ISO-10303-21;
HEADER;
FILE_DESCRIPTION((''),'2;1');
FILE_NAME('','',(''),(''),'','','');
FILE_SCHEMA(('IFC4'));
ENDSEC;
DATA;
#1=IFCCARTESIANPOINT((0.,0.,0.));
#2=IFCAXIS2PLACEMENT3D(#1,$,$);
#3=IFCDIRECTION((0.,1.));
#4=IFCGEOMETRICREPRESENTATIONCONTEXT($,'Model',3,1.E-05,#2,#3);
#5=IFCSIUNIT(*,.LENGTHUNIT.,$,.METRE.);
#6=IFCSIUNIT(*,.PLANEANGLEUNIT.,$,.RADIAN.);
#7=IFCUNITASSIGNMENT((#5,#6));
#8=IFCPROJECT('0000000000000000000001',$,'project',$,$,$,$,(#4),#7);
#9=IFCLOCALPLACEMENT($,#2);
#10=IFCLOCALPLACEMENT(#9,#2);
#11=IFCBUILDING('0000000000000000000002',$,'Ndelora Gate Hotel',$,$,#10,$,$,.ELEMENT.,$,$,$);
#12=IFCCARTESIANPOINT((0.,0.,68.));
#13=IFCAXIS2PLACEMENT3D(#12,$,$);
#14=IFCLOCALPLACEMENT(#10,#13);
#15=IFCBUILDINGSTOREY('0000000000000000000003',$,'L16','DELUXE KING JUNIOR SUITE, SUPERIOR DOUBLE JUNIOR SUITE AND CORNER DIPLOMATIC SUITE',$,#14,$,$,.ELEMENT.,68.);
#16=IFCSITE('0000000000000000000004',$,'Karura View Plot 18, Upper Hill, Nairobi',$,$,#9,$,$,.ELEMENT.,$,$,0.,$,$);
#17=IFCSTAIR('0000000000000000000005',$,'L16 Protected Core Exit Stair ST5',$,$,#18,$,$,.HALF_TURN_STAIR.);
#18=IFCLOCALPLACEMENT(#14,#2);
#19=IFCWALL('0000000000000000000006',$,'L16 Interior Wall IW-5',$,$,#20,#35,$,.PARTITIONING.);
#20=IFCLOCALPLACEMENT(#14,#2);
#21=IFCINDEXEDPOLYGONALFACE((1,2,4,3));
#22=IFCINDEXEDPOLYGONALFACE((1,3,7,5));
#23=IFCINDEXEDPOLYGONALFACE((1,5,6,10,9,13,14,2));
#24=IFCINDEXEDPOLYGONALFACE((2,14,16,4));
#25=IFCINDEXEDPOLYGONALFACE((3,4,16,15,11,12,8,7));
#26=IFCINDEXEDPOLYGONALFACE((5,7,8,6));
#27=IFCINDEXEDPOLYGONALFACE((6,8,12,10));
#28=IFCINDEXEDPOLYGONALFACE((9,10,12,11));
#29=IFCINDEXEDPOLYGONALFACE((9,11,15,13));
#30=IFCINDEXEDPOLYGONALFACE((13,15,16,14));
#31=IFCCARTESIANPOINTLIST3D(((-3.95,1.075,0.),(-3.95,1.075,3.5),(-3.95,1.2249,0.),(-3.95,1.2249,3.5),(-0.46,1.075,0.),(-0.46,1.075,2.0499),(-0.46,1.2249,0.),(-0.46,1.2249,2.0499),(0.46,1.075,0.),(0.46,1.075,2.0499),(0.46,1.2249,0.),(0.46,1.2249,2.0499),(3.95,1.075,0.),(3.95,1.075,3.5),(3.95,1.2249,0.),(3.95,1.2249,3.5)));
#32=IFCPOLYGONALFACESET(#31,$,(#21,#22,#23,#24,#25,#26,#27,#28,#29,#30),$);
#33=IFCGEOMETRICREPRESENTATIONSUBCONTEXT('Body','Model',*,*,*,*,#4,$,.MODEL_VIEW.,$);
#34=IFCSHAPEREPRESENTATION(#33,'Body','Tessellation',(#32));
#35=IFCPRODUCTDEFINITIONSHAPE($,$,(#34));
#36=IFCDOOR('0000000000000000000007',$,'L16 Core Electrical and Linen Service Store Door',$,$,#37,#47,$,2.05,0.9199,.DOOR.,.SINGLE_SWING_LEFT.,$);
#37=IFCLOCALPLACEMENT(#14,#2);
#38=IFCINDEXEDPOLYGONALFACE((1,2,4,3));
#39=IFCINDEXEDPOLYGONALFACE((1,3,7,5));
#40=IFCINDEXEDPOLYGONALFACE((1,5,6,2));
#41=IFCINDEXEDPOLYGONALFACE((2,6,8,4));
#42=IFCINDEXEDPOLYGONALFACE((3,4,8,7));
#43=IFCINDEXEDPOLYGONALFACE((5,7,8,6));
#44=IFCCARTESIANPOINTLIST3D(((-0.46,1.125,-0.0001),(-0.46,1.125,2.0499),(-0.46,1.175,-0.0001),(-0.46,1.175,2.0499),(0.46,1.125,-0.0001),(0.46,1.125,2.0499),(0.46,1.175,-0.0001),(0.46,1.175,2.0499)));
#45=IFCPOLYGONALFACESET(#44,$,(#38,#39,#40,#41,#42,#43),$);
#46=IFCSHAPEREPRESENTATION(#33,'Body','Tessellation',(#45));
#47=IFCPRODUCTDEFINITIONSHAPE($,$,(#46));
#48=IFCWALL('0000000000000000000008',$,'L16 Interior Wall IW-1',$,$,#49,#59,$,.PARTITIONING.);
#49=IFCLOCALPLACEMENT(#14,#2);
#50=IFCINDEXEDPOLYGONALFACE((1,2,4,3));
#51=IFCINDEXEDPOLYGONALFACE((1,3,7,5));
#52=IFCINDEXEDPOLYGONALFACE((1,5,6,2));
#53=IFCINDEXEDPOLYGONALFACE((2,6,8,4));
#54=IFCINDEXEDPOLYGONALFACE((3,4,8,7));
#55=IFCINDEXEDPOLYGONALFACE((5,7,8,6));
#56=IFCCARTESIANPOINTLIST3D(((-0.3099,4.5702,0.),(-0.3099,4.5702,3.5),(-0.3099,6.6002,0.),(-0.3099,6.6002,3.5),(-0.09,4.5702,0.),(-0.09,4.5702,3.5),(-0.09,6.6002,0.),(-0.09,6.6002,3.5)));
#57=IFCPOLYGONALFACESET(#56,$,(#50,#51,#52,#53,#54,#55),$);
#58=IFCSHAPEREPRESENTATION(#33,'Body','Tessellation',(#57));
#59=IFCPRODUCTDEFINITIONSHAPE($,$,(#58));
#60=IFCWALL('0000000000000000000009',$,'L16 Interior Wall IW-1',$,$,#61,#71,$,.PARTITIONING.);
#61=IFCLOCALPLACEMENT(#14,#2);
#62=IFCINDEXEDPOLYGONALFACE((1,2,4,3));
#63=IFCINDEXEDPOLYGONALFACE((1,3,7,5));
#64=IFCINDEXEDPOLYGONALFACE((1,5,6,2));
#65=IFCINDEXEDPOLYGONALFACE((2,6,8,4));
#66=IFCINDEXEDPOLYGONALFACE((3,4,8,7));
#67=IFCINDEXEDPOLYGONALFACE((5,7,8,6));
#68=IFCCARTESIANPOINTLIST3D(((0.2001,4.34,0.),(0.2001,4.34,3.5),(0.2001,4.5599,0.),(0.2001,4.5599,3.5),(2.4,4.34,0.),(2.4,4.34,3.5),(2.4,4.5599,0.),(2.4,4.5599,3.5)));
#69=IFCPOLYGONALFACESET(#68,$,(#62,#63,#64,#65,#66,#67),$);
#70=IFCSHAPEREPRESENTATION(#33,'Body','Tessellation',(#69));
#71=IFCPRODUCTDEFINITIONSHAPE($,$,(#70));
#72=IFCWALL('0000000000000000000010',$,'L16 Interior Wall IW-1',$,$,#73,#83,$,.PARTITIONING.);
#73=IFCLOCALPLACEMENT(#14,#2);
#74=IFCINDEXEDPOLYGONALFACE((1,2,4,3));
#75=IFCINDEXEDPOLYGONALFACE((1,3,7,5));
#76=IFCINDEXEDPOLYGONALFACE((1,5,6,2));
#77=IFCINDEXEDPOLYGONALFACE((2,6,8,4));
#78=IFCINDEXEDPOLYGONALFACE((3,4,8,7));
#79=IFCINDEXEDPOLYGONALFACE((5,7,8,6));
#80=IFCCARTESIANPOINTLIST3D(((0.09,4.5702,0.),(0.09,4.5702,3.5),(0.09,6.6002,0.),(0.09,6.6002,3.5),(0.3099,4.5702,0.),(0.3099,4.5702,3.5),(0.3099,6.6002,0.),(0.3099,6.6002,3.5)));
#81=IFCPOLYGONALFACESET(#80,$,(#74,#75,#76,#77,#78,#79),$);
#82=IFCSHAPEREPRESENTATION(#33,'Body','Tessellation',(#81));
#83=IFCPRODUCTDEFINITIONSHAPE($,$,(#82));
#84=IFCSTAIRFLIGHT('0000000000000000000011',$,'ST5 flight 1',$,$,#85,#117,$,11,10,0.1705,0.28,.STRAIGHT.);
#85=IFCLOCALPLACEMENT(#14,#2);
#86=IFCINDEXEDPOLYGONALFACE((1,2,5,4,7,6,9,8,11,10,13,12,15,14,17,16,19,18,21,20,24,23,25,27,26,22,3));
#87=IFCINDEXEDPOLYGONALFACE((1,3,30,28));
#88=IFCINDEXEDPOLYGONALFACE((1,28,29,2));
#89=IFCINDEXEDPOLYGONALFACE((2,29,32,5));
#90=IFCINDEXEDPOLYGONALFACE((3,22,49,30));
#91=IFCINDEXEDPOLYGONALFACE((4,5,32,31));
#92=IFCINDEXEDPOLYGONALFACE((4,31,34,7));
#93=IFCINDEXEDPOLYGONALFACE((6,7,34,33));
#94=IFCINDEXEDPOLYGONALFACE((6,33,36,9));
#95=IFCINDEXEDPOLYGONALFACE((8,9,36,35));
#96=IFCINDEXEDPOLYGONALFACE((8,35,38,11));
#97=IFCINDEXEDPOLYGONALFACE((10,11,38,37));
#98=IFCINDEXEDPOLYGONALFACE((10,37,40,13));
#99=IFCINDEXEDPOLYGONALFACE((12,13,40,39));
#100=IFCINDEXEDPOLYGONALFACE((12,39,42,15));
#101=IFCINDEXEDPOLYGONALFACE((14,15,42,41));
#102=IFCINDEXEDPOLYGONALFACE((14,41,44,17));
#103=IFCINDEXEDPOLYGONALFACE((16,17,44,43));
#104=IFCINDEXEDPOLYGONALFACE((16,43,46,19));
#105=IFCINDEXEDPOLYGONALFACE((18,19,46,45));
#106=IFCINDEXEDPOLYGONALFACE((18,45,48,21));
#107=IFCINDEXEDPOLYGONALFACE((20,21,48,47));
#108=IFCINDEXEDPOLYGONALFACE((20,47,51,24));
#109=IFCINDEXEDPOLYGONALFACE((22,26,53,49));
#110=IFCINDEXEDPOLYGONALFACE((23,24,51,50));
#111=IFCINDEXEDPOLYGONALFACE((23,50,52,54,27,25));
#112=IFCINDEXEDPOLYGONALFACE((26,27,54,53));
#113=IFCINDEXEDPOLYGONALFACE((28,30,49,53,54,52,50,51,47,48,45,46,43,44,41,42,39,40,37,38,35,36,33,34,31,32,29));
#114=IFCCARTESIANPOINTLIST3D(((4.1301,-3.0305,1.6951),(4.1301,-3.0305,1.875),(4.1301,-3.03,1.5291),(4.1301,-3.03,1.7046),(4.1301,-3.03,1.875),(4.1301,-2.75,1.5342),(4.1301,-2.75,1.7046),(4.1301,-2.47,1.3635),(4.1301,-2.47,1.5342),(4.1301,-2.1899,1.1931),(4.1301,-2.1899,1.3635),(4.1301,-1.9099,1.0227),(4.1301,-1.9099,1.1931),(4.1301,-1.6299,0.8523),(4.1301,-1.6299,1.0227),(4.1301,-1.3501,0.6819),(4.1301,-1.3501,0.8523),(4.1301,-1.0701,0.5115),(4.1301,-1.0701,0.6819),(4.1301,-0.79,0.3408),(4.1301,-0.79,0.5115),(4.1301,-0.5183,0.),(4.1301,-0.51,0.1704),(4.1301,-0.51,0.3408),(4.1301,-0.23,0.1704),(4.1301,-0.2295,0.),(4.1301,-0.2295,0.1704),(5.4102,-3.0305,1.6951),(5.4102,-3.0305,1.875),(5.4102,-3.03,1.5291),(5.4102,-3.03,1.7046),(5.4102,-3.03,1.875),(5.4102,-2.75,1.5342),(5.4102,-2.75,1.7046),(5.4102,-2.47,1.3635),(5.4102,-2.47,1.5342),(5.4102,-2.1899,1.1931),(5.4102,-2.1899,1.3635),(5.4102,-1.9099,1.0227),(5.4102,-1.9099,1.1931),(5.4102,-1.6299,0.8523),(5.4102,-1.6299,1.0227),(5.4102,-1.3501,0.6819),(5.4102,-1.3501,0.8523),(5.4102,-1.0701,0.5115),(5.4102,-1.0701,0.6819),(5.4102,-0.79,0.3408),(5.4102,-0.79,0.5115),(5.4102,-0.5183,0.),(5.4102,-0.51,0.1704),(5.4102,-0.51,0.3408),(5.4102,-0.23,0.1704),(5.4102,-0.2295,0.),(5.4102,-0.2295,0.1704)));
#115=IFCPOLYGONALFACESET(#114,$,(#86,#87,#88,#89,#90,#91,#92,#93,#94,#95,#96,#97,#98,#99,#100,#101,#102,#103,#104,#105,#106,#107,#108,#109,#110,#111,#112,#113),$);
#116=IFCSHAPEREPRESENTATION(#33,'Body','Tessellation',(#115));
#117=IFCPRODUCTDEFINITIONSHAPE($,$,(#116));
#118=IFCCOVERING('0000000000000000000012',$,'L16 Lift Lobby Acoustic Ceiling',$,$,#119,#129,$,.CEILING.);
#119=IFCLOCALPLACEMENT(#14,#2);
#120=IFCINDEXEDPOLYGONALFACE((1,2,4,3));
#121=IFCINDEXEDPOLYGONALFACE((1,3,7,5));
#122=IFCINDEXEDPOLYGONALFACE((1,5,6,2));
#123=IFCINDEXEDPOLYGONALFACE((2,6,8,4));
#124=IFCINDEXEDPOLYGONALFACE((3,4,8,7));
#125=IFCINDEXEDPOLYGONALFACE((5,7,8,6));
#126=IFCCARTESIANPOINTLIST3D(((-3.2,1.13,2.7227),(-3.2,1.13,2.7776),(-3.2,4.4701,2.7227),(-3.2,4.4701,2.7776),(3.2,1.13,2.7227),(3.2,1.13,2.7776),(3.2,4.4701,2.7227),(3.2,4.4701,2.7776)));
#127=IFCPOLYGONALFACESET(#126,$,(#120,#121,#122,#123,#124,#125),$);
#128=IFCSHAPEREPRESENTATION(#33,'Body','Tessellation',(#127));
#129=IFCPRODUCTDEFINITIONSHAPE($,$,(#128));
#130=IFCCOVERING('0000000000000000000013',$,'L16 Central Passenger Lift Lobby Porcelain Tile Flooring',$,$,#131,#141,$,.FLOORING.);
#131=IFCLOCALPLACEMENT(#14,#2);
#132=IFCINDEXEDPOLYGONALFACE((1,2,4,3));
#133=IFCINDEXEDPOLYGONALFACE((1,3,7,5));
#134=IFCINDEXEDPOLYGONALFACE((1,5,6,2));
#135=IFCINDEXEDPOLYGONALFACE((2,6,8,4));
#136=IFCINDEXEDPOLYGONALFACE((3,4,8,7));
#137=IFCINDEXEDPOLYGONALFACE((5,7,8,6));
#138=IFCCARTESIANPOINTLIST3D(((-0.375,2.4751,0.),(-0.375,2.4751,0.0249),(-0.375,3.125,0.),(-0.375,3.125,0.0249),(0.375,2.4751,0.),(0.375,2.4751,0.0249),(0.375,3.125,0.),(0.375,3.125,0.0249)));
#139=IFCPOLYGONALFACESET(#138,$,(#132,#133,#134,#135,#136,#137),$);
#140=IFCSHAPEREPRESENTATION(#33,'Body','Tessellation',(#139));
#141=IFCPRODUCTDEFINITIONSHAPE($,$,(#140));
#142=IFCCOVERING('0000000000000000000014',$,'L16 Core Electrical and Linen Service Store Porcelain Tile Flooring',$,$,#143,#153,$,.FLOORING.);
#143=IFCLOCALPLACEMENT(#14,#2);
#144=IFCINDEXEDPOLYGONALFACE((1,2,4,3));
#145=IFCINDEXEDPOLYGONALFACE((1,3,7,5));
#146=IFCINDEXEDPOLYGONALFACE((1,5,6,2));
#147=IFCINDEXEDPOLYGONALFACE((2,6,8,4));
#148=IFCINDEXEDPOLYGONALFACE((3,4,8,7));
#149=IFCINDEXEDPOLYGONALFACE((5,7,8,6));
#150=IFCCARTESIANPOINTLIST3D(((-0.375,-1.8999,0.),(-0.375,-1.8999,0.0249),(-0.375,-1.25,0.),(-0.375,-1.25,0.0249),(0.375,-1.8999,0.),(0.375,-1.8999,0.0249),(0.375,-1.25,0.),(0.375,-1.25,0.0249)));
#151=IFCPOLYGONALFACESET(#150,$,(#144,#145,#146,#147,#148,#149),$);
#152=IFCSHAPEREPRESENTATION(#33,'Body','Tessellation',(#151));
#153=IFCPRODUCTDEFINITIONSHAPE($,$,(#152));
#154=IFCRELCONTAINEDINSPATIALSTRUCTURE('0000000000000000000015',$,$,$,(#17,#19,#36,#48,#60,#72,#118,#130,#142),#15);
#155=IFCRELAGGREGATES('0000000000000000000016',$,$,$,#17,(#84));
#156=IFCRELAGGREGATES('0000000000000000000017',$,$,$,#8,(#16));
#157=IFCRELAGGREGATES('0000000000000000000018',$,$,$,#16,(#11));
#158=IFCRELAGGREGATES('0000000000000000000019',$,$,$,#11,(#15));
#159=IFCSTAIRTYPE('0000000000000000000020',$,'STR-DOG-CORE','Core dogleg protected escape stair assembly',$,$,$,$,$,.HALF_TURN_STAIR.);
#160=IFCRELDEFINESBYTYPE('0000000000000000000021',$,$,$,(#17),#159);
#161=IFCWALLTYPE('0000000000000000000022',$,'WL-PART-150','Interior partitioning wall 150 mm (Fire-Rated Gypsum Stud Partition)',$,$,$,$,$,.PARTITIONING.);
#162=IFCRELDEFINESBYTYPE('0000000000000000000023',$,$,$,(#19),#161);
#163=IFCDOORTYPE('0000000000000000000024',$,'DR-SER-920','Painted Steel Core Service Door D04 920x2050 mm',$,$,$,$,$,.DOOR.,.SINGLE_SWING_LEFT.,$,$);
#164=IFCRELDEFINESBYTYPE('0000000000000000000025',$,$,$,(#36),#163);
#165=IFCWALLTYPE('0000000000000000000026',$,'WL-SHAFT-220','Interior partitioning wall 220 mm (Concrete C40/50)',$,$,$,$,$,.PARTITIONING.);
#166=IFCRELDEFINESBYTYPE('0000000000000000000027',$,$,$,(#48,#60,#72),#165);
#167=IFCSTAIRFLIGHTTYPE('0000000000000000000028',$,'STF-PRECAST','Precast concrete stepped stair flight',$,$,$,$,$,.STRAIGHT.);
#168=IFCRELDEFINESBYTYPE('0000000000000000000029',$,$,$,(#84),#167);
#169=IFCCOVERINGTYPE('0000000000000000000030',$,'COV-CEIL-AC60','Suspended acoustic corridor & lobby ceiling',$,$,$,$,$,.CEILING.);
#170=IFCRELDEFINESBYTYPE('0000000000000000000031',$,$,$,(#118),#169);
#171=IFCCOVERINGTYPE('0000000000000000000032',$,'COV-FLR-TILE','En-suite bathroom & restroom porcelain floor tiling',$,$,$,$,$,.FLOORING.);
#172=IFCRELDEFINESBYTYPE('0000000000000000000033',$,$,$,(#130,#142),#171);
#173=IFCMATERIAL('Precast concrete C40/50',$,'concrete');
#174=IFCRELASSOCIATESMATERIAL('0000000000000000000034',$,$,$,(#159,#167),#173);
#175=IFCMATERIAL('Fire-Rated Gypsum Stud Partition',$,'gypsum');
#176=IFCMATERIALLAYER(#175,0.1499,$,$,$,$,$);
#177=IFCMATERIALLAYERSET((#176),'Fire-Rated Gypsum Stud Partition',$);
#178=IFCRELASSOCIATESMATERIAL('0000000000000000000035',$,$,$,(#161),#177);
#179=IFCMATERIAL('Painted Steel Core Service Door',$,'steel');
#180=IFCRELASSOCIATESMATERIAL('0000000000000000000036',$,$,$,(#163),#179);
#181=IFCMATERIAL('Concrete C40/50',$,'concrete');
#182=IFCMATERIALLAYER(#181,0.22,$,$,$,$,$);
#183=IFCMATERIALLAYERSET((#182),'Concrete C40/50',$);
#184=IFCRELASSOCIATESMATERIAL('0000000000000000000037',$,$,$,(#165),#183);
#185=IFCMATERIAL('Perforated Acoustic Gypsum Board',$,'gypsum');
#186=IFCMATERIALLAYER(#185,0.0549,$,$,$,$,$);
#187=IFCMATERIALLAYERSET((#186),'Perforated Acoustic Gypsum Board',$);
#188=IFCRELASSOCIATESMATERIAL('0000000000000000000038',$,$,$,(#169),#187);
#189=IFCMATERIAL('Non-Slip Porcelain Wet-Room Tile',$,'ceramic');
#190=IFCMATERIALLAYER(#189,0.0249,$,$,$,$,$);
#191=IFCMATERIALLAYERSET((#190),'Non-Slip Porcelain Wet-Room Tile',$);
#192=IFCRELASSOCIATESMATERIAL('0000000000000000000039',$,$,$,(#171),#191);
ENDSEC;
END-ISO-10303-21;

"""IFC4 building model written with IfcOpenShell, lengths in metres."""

from ifc_helpers import new_model, si_unit, direction, frame, frame_2d, origin, origin_2d, place, context, subcontext, project, spatial, polyline, rectangle, outline, extrude, material, layer, layer_set, type_object, element, fill, aggregate, save


model = new_model("IFC4")

# Units and contexts
model_context = context("Model", 3, precision=1e-05, world=origin(), true_north=direction((0.0, 1.0)))
body_context = subcontext(model_context, "Body", "Model", "MODEL_VIEW")
ifc_project = project(units=[si_unit("LENGTHUNIT", "METRE"), si_unit("PLANEANGLEUNIT", "RADIAN")], contexts=[model_context])

# Site, building, storey
site_placement = place(None, origin())
site = spatial("IfcSite", under=ifc_project, at=site_placement, Name="Karura View Plot 18, Upper Hill, Nairobi", CompositionType="ELEMENT", RefElevation=0.0)
building_placement = place(site_placement, origin())
building = spatial("IfcBuilding", under=site, at=building_placement, Name="Ndelora Gate Hotel", CompositionType="ELEMENT")
storey_placement = place(building_placement, frame((0.0, 0.0, 68.0)))
storey = spatial("IfcBuildingStorey", under=building, at=storey_placement, Name="L16", Description="DELUXE KING JUNIOR SUITE, SUPERIOR DOUBLE JUNIOR SUITE AND CORNER DIPLOMATIC SUITE", CompositionType="ELEMENT", Elevation=68.0)

# Stair
ifc_material_1 = material(Name="Precast concrete C40/50", Category="concrete")
stair_type = type_object("IfcStairType", Name="STR-DOG-CORE", Description="Core dogleg protected escape stair assembly", PredefinedType="HALF_TURN_STAIR", material=ifc_material_1)
stair_1_placement = place(storey_placement, origin())
stair_1 = element("IfcStair", 1, at=stair_1_placement, inside=storey, type_object=stair_type, Name="L16 Protected Core Exit Stair ST5", PredefinedType="HALF_TURN_STAIR")

# Shared definitions
ifc_material_2 = material(Name="Concrete C40/50", Category="concrete")

# Wall, opening, door
ifc_material_3 = material(Name="Fire-Rated Gypsum Stud Partition", Category="gypsum")
ifc_layer_1 = layer(ifc_material_3, 0.1499)
ifc_layer_set_1 = layer_set([ifc_layer_1], Name="Fire-Rated Gypsum Stud Partition")
wall_type_1 = type_object("IfcWallType", Name="WL-PART-150", Description="Interior partitioning wall 150 mm (Fire-Rated Gypsum Stud Partition)", PredefinedType="PARTITIONING", material=ifc_layer_set_1)
wall_1_placement = place(storey_placement, frame((3.95, 1.1499, 0.0), z_axis=(0.0, 0.0, 1.0), x_axis=(-1.0, 0.0, 0.0)))
wall_1 = element("IfcWall", 2, at=wall_1_placement, inside=storey, type_object=wall_type_1, Name="L16 Interior Wall IW-5", PredefinedType="PARTITIONING", context=body_context, shape_type="SweptSolid", body=[
    extrude(rectangle(XDim=7.8999, YDim=0.1499, at=frame_2d((3.95, 0.0))), origin(), (0.0, 0.0, 1.0), 3.5),
])
opening_1_placement = place(wall_1_placement, frame((3.49, 0.0, 0.0)))
opening_1 = element("IfcOpeningElement", 3, at=opening_1_placement, cuts=wall_1, PredefinedType="OPENING", context=body_context, shape_type="SweptSolid", body=[
    extrude(rectangle(XDim=0.9199, YDim=2.05, at=frame_2d((0.46, 1.0249))), frame((0.0, 0.085, 0.0), z_axis=(0.0, -1.0, 0.0), x_axis=(1.0, 0.0, 0.0)), (0.0, 0.0, 1.0), 0.1699),
])
ifc_material_4 = material(Name="Painted Steel Core Service Door", Category="steel")
door_type_1 = type_object("IfcDoorType", Name="DR-SER-920", Description="Painted Steel Core Service Door D04 920x2050 mm", OperationType="SINGLE_SWING_LEFT", PredefinedType="DOOR", material=ifc_material_4)
door_1_placement = place(opening_1_placement, origin())
door_1 = element("IfcDoor", 4, at=door_1_placement, inside=storey, type_object=door_type_1, Name="L16 Core Electrical and Linen Service Store Door", OperationType="SINGLE_SWING_LEFT", OverallHeight=2.05, OverallWidth=0.9199, PredefinedType="DOOR", context=body_context, shape_type="SweptSolid", body=[
    extrude(rectangle(XDim=0.9199, YDim=2.05, at=frame_2d((0.46, 1.0249))), frame((0.0, 0.0249, 0.0), z_axis=(0.0, -1.0, 0.0), x_axis=(1.0, 0.0, 0.0)), (0.0, 0.0, 1.0), 0.05),
])
fill(opening_1, door_1)
ifc_layer_2 = layer(ifc_material_2, 0.22)
ifc_layer_set_2 = layer_set([ifc_layer_2], Name="Concrete C40/50")
wall_type_2 = type_object("IfcWallType", Name="WL-SHAFT-220", Description="Interior partitioning wall 220 mm (Concrete C40/50)", PredefinedType="PARTITIONING", material=ifc_layer_set_2)

# Walls
wall_2_placement = place(storey_placement, frame((-0.2, 4.5701, 0.0), z_axis=(0.0, 0.0, 1.0), x_axis=(0.0, 1.0, 0.0)))
element("IfcWall", 5, at=wall_2_placement, inside=storey, type_object=wall_type_2, Name="L16 Interior Wall IW-1", PredefinedType="PARTITIONING", context=body_context, shape_type="SweptSolid", body=[
    extrude(rectangle(XDim=2.03, YDim=0.22, at=frame_2d((1.0151, 0.0))), origin(), (0.0, 0.0, 1.0), 3.5),
])
wall_3_placement = place(storey_placement, frame((0.2, 4.45, 0.0), z_axis=(0.0, 0.0, 1.0), x_axis=(1.0, 0.0, 0.0)))
element("IfcWall", 6, at=wall_3_placement, inside=storey, type_object=wall_type_2, Name="L16 Interior Wall IW-1", PredefinedType="PARTITIONING", context=body_context, shape_type="SweptSolid", body=[
    extrude(rectangle(XDim=2.2, YDim=0.22, at=frame_2d((1.1001, 0.0))), origin(), (0.0, 0.0, 1.0), 3.5),
])
wall_4_placement = place(storey_placement, frame((0.2, 4.5701, 0.0), z_axis=(0.0, 0.0, 1.0), x_axis=(0.0, 1.0, 0.0)))
element("IfcWall", 7, at=wall_4_placement, inside=storey, type_object=wall_type_2, Name="L16 Interior Wall IW-1", PredefinedType="PARTITIONING", context=body_context, shape_type="SweptSolid", body=[
    extrude(rectangle(XDim=2.03, YDim=0.22, at=frame_2d((1.0151, 0.0))), origin(), (0.0, 0.0, 1.0), 3.5),
])

# Stair flight
stair_flight_type = type_object("IfcStairFlightType", Name="STF-PRECAST", Description="Precast concrete stepped stair flight", PredefinedType="STRAIGHT", material=ifc_material_1)
stair_flight_placement = place(storey_placement, frame((4.77, -0.23, 0.0), z_axis=(0.0, 0.0, 1.0), x_axis=(0.0, -1.0, 0.0)))
stair_flight = element("IfcStairFlight", 8, at=stair_flight_placement, type_object=stair_flight_type, Name="ST5 flight 1", NumberOfRisers=11, NumberOfTreads=10, PredefinedType="STRAIGHT", RiserHeight=0.1705, TreadLength=0.28, context=body_context, shape_type="SweptSolid", body=[
    extrude(outline(polyline([(-0.0005, 0.0), (-0.0005, 0.1704), (0.0, 0.1704), (0.28, 0.1704), (0.28, 0.3408), (0.5601, 0.3408), (0.5601, 0.5115), (0.8401, 0.5115), (0.8401, 0.6819), (1.1201, 0.6819), (1.1201, 0.8523), (1.3999, 0.8523), (1.3999, 1.0227), (1.6799, 1.0227), (1.6799, 1.1931), (1.96, 1.1931), (1.96, 1.3635), (2.24, 1.3635), (2.24, 1.5342), (2.52, 1.5342), (2.52, 1.7046), (2.8, 1.7046), (2.8, 1.875), (2.8005, 1.875), (2.8005, 1.6951), (2.8, 1.5291), (0.2883, 0.0), (-0.0005, 0.0)])), frame((0.0, 0.6401, 0.0), z_axis=(0.0, -1.0, 0.0), x_axis=(1.0, 0.0, 0.0)), (0.0, 0.0, 1.0), 1.28),
])
aggregate(stair_1, [stair_flight])

# Coverings
ifc_material_5 = material(Name="Perforated Acoustic Gypsum Board", Category="gypsum")
ifc_layer_3 = layer(ifc_material_5, 0.0549)
ifc_layer_set_3 = layer_set([ifc_layer_3], Name="Perforated Acoustic Gypsum Board")
covering_type_1 = type_object("IfcCoveringType", Name="COV-CEIL-AC60", Description="Suspended acoustic corridor & lobby ceiling", PredefinedType="CEILING", material=ifc_layer_set_3)
covering_placement = place(storey_placement, frame((0.0, 2.8, 2.7227), z_axis=(0.0, 0.0, 1.0), x_axis=(1.0, 0.0, 0.0)))
element("IfcCovering", 9, at=covering_placement, inside=storey, type_object=covering_type_1, Name="L16 Lift Lobby Acoustic Ceiling", PredefinedType="CEILING", context=body_context, shape_type="SweptSolid", body=[
    extrude(rectangle(XDim=6.3999, YDim=3.3401, at=origin_2d()), origin(), (0.0, 0.0, 1.0), 0.0549),
])
ifc_material_6 = material(Name="Non-Slip Porcelain Wet-Room Tile", Category="ceramic")
ifc_layer_4 = layer(ifc_material_6, 0.0249)
ifc_layer_set_4 = layer_set([ifc_layer_4], Name="Non-Slip Porcelain Wet-Room Tile")
covering_type_2 = type_object("IfcCoveringType", Name="COV-FLR-TILE", Description="En-suite bathroom & restroom porcelain floor tiling", PredefinedType="FLOORING", material=ifc_layer_set_4)
for number, where, z_axis, x_axis, name in (
    (10, (0.0, 2.8, 0.0), (0.0, 0.0, 1.0), (1.0, 0.0, 0.0), "L16 Central Passenger Lift Lobby Porcelain Tile Flooring"),
    (11, (0.0, -1.575, 0.0), (0.0, 0.0, 1.0), (1.0, 0.0, 0.0), "L16 Core Electrical and Linen Service Store Porcelain Tile Flooring"),
):
    element("IfcCovering", number, at=place(storey_placement, frame(where, z_axis=z_axis, x_axis=x_axis)), inside=storey, type_object=covering_type_2, Name=name, PredefinedType="FLOORING", context=body_context, shape_type="SweptSolid", body=[
        extrude(rectangle(XDim=0.75, YDim=0.6499, at=origin_2d()), origin(), (0.0, 0.0, 1.0), 0.0249),
    ])

save(model, "model.ifc")
